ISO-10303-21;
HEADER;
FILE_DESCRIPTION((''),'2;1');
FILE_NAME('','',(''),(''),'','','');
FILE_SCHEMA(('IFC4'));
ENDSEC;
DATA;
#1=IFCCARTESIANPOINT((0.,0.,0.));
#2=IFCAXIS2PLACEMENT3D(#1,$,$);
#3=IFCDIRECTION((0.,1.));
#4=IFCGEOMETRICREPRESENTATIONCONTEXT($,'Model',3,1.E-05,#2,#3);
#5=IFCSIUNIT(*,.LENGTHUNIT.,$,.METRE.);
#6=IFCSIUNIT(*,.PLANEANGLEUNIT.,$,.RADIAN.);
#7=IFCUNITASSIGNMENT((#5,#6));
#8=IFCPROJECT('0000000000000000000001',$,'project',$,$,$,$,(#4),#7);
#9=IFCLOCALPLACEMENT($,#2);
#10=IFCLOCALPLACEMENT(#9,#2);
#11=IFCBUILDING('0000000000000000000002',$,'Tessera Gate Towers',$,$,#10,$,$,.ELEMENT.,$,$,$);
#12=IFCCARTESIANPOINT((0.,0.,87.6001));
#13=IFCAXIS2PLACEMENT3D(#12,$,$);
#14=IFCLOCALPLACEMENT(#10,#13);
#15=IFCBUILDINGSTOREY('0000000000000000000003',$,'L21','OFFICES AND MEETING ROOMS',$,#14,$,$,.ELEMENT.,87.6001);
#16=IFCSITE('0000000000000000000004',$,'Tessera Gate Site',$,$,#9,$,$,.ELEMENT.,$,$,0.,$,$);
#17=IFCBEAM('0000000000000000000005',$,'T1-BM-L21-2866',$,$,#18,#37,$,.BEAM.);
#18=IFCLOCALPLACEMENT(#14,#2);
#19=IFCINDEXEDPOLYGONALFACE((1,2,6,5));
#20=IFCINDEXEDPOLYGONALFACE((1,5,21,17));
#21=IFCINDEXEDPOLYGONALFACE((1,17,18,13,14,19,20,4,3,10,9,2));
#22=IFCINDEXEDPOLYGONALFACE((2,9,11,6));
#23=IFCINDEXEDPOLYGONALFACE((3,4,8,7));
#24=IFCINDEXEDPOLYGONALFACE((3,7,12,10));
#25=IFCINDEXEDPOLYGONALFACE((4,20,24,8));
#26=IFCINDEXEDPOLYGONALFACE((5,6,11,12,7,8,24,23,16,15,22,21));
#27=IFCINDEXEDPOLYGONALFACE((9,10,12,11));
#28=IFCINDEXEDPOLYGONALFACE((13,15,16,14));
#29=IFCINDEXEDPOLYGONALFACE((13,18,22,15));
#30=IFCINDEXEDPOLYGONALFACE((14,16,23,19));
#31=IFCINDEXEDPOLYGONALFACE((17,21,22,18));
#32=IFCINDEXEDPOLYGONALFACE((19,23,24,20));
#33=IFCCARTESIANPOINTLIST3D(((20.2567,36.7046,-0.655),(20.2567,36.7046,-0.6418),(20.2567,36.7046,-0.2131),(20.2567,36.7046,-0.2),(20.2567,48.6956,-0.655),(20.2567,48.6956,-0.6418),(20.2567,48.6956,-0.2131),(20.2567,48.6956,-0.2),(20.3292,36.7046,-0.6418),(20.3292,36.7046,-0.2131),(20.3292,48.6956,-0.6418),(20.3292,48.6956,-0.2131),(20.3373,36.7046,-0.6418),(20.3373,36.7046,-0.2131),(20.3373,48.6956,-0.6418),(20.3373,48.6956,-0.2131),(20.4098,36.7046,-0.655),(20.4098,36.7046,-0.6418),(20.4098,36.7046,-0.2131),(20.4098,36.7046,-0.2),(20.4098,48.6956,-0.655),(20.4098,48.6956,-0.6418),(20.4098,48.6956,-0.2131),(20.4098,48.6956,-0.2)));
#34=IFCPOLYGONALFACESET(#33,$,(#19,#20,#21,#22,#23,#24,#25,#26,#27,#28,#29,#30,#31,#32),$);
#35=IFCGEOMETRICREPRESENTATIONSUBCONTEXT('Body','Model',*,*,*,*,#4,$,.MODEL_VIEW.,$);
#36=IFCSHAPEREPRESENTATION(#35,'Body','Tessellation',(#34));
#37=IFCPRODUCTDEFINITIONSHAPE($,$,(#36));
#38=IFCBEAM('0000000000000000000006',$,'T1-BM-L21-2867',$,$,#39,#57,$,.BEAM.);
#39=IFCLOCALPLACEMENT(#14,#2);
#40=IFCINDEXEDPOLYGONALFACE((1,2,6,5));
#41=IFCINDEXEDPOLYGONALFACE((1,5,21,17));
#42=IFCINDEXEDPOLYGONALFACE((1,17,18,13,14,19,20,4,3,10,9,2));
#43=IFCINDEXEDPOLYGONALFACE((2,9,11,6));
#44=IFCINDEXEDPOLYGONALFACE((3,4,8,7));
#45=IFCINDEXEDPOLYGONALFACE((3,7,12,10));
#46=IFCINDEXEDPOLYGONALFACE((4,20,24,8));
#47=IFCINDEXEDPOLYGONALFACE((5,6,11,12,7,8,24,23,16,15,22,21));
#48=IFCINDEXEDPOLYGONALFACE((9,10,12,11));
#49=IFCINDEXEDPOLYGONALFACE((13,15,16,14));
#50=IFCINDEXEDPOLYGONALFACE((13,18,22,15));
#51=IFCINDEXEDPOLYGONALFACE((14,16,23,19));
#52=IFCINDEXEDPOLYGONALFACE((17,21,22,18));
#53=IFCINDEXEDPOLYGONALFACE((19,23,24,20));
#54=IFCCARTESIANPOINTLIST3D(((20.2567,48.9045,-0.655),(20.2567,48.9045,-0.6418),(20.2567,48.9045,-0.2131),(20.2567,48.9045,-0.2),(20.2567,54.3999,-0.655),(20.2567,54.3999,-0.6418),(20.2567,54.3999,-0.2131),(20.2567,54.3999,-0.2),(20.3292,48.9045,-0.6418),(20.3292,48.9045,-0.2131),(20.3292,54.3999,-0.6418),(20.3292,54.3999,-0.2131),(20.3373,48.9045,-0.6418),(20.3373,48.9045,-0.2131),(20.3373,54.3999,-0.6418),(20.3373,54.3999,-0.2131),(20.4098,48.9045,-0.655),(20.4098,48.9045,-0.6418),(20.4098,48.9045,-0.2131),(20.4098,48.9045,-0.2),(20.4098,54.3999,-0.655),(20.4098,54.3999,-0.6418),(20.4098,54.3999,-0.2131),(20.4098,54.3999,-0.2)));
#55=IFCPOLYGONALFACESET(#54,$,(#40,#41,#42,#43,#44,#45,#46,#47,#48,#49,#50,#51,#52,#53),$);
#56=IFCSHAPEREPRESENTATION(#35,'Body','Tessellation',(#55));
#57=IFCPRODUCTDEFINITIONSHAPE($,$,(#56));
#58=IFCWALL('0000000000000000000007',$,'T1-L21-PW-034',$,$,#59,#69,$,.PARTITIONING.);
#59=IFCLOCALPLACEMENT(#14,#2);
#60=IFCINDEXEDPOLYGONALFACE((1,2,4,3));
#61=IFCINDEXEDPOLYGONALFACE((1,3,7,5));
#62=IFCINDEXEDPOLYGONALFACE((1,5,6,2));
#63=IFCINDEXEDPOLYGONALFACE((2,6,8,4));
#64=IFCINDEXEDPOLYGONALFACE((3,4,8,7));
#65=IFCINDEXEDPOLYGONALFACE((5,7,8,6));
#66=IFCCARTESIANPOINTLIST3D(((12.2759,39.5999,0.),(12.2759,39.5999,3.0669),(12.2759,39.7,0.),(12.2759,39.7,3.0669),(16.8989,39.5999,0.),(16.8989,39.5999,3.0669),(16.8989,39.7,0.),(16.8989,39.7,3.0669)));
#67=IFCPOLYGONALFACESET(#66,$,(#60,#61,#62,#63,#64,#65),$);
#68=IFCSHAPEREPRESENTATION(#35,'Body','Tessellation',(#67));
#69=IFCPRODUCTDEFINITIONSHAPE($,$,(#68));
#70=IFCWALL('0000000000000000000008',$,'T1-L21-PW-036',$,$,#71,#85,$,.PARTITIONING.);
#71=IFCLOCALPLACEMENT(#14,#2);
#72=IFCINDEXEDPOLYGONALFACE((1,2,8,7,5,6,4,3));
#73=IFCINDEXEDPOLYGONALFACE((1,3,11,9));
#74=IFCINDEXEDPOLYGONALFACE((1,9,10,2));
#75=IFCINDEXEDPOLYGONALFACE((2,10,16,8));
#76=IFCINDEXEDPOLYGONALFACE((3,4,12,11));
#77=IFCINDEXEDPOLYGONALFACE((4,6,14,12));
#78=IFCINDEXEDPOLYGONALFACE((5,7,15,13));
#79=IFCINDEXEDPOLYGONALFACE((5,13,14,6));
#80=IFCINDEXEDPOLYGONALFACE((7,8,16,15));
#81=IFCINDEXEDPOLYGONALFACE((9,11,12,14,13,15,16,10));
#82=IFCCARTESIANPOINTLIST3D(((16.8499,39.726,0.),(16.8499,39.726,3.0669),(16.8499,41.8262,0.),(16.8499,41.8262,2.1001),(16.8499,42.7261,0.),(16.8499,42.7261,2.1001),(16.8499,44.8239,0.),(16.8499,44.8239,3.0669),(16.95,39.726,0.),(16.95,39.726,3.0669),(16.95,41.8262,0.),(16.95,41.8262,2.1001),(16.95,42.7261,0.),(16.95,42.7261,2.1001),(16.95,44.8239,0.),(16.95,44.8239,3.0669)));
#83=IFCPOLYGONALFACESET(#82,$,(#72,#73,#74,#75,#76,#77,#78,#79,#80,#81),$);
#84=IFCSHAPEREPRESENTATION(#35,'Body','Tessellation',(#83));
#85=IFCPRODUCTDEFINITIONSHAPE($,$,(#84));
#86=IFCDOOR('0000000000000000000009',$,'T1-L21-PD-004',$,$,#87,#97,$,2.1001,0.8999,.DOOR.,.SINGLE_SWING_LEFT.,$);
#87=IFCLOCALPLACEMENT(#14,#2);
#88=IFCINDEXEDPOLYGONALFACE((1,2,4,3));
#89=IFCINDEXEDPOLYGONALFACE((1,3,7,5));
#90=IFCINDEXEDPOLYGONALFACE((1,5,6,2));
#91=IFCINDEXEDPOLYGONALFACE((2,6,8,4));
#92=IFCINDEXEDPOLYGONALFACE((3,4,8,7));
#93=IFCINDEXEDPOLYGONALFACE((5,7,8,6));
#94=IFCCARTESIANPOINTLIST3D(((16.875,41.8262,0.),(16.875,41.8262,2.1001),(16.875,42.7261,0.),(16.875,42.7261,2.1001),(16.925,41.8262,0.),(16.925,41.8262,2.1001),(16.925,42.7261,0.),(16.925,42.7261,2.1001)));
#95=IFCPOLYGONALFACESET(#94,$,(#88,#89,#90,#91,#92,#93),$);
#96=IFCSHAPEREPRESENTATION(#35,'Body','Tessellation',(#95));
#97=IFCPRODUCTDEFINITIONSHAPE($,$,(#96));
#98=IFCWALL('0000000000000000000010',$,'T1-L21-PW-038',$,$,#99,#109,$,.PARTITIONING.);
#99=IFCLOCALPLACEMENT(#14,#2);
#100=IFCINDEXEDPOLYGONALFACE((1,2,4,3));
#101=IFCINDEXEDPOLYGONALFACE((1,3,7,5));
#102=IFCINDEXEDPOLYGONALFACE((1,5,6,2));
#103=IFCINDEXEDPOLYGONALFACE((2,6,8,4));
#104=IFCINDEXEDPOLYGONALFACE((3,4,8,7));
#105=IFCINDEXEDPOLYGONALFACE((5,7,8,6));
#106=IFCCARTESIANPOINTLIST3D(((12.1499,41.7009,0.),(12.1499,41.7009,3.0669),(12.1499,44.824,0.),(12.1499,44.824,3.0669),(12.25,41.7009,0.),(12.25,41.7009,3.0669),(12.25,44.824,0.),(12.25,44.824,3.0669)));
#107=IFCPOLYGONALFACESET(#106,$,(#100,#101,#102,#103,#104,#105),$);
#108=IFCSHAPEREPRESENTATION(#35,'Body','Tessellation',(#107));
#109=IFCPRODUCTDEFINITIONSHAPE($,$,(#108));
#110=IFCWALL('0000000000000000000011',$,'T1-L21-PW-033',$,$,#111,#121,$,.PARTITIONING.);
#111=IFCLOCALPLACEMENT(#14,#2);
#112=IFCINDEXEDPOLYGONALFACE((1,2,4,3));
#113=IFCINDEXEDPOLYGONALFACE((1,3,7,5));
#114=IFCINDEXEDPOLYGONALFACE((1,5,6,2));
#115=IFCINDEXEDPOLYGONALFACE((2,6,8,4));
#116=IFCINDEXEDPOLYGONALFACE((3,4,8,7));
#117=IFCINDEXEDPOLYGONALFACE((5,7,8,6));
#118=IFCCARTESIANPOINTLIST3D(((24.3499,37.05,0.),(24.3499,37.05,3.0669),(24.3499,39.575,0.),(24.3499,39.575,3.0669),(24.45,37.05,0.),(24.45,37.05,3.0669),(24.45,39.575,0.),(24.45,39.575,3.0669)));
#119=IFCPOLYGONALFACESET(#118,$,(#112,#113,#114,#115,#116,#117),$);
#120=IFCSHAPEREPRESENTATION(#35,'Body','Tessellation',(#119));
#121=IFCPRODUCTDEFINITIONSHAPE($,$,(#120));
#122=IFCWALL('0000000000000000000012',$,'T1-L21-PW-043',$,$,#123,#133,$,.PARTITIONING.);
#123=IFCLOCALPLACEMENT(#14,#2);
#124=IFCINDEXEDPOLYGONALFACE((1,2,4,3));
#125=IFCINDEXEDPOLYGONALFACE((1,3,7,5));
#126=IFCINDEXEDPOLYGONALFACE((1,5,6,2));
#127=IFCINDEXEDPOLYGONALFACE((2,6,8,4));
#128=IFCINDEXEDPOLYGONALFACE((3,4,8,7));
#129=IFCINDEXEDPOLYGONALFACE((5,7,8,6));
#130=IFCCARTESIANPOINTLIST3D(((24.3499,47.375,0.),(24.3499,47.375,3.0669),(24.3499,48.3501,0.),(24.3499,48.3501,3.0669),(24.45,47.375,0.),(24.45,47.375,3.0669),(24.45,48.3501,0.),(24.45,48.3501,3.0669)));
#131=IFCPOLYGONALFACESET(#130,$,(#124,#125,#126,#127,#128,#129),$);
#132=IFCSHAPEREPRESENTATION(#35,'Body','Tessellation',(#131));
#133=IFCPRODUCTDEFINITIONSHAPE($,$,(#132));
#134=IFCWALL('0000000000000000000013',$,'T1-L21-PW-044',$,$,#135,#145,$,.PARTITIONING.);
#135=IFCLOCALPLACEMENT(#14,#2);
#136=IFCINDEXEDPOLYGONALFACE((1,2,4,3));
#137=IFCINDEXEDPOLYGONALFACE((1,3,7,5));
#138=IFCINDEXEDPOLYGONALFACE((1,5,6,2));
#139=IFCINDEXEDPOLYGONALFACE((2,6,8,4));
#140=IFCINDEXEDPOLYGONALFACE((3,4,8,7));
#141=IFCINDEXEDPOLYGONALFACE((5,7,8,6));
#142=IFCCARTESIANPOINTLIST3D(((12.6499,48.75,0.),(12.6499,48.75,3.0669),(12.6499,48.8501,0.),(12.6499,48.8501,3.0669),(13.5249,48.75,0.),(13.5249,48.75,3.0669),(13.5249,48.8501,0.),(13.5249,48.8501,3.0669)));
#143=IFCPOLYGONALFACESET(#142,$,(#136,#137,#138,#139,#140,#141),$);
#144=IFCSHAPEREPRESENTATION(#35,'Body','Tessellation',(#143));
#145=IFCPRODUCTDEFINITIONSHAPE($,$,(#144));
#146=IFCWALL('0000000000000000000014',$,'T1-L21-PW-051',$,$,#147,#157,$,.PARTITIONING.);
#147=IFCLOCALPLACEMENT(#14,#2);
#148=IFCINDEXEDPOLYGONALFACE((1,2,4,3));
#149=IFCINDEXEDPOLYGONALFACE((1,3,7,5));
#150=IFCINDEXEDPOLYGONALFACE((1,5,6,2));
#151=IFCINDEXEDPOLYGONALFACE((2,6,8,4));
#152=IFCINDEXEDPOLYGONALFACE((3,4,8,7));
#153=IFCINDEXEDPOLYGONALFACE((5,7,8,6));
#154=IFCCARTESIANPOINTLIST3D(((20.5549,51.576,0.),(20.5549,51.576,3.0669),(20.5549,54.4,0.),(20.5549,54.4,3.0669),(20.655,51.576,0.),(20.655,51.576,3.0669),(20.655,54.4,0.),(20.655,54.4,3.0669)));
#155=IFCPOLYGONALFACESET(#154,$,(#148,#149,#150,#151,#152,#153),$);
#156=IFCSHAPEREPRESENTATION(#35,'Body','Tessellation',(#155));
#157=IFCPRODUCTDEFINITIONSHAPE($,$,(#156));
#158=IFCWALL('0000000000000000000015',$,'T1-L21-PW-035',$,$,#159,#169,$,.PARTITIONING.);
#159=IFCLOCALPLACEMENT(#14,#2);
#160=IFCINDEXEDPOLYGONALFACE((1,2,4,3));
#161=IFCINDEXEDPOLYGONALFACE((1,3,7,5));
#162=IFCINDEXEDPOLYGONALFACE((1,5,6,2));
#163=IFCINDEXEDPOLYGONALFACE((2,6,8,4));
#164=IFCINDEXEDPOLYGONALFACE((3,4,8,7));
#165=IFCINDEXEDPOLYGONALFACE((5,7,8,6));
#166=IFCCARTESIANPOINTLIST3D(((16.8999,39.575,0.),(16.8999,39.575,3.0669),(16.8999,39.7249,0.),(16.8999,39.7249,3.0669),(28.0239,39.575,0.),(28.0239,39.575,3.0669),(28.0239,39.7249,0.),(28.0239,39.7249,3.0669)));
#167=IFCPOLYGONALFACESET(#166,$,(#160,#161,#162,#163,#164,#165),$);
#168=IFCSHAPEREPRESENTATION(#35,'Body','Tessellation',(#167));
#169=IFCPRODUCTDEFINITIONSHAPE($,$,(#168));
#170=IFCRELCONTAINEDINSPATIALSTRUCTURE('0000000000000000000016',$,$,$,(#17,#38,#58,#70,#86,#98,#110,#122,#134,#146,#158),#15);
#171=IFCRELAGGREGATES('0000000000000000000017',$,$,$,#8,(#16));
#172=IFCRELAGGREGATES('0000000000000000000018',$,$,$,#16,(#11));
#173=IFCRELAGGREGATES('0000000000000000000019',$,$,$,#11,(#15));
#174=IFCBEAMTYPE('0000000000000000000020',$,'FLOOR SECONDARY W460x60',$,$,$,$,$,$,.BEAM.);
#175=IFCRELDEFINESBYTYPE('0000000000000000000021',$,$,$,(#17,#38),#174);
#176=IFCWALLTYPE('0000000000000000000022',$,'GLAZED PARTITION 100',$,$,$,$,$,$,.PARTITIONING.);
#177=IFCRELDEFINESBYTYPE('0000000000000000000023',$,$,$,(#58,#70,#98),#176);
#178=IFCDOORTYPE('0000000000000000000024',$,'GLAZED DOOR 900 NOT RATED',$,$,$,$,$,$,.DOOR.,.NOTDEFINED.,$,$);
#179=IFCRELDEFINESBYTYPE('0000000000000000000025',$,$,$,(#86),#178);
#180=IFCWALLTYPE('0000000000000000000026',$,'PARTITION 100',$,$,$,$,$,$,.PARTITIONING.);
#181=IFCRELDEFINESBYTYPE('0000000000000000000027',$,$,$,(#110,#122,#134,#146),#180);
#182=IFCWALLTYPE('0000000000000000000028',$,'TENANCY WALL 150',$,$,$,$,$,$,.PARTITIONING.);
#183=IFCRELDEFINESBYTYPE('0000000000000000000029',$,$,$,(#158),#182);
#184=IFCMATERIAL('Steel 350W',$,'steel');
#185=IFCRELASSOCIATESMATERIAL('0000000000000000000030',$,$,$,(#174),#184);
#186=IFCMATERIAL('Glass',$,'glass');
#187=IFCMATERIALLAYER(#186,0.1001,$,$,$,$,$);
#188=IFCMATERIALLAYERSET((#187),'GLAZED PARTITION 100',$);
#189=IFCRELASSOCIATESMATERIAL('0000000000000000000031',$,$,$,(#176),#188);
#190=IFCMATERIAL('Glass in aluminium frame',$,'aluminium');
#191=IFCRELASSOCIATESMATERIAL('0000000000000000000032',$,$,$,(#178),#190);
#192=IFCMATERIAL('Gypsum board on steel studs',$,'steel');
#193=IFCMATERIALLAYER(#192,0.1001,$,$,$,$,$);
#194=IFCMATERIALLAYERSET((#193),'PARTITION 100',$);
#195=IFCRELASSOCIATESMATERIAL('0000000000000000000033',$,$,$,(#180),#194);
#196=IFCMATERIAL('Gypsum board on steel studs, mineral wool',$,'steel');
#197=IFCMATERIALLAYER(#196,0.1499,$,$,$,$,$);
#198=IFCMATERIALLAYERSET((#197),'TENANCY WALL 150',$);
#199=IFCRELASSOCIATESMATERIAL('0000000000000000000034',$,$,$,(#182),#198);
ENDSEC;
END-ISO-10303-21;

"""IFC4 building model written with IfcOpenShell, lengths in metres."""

from ifc_helpers import new_model, si_unit, direction, frame, frame_2d, origin, origin_2d, place, context, subcontext, project, spatial, rectangle, i_section, extrude, source, transform, mapped, material, layer, layer_set, material_profile, profile_set, type_object, element, fill, save


model = new_model("IFC4")

# Units and contexts
model_context = context("Model", 3, precision=1e-05, world=origin(), true_north=direction((0.0, 1.0)))
body_context = subcontext(model_context, "Body", "Model", "MODEL_VIEW")
ifc_project = project(units=[si_unit("LENGTHUNIT", "METRE"), si_unit("PLANEANGLEUNIT", "RADIAN")], contexts=[model_context])

# Site, building, storey
site_placement = place(None, origin())
site = spatial("IfcSite", under=ifc_project, at=site_placement, Name="Tessera Gate Site", CompositionType="ELEMENT", RefElevation=0.0)
building_placement = place(site_placement, origin())
building = spatial("IfcBuilding", under=site, at=building_placement, Name="Tessera Gate Towers", CompositionType="ELEMENT")
storey_placement = place(building_placement, frame((0.0, 0.0, 87.6001)))
storey = spatial("IfcBuildingStorey", under=building, at=storey_placement, Name="L21", Description="OFFICES AND MEETING ROOMS", CompositionType="ELEMENT", Elevation=87.6001)

# Beams
ifc_material_1 = material(Name="Steel 350W", Category="steel")
ifc_material_profile_1 = material_profile(ifc_material_1, i_section(OverallWidth=0.1531, OverallDepth=0.4551, WebThickness=0.0081, FlangeThickness=0.0132, at=origin_2d()), Name="W460x60")
ifc_profile_set_1 = profile_set([ifc_material_profile_1], Name="Steel 350W")
beam_type_1 = type_object("IfcBeamType", Name="FLOOR SECONDARY W460x60", PredefinedType="BEAM", material=ifc_profile_set_1)
beam_1_placement = place(storey_placement, frame((20.3333, 36.7046, -0.4275), z_axis=(0.0, 1.0, 0.0), x_axis=(-1.0, 0.0, 0.0)))
element("IfcBeam", 1, at=beam_1_placement, inside=storey, type_object=beam_type_1, Name="T1-BM-L21-2866", PredefinedType="BEAM", context=body_context, shape_type="SweptSolid", body=[
    extrude(i_section(OverallWidth=0.1531, OverallDepth=0.4551, WebThickness=0.0081, FlangeThickness=0.0132, at=origin_2d()), origin(), (0.0, 0.0, 1.0), 11.991),
])
beam_2_placement = place(storey_placement, frame((20.3333, 48.9045, -0.4275), z_axis=(0.0, 1.0, 0.0), x_axis=(-1.0, 0.0, 0.0)))
element("IfcBeam", 2, at=beam_2_placement, inside=storey, type_object=beam_type_1, Name="T1-BM-L21-2867", PredefinedType="BEAM", context=body_context, shape_type="SweptSolid", body=[
    extrude(i_section(OverallWidth=0.1531, OverallDepth=0.4551, WebThickness=0.0081, FlangeThickness=0.0132, at=origin_2d()), origin(), (0.0, 0.0, 1.0), 5.4954),
])

# Wall
ifc_material_2 = material(Name="Glass", Category="glass")
ifc_layer_1 = layer(ifc_material_2, 0.1001)
ifc_layer_set_1 = layer_set([ifc_layer_1], Name="GLAZED PARTITION 100")
wall_type_1 = type_object("IfcWallType", Name="GLAZED PARTITION 100", PredefinedType="PARTITIONING", material=ifc_layer_set_1)
wall_1_placement = place(storey_placement, frame((12.2759, 39.6499, 0.0), z_axis=(0.0, 0.0, 1.0), x_axis=(1.0, 0.0, 0.0)))
element("IfcWall", 3, at=wall_1_placement, inside=storey, type_object=wall_type_1, Name="T1-L21-PW-034", PredefinedType="PARTITIONING", context=body_context, shape_type="SweptSolid", body=[
    extrude(rectangle(XDim=4.623, YDim=0.1001, at=frame_2d((2.3115, 0.0))), origin(), (0.0, 0.0, 1.0), 3.0669),
])

# Wall, opening, door
wall_2_placement = place(storey_placement, frame((16.8999, 39.7261, 0.0), z_axis=(0.0, 0.0, 1.0), x_axis=(0.0, 1.0, 0.0)))
wall_2 = element("IfcWall", 4, at=wall_2_placement, inside=storey, type_object=wall_type_1, Name="T1-L21-PW-036", PredefinedType="PARTITIONING", context=body_context, shape_type="SweptSolid", body=[
    extrude(rectangle(XDim=5.0979, YDim=0.1001, at=frame_2d((2.5488, 0.0))), origin(), (0.0, 0.0, 1.0), 3.0669),
])
shared_shape_1 = source(origin(), body_context, "Body", "SweptSolid", [
    extrude(rectangle(XDim=0.8999, YDim=2.1001, at=frame_2d((0.45, 1.05))), frame((0.0, 0.0601, 0.0), z_axis=(0.0, -1.0, 0.0), x_axis=(1.0, 0.0, 0.0)), (0.0, 0.0, 1.0), 0.1201),
])
opening_1_placement = place(wall_2_placement, frame((2.1001, 0.0, 0.0)))
opening_1 = element("IfcOpeningElement", 5, at=opening_1_placement, cuts=wall_2, PredefinedType="OPENING", context=body_context, shape_type="MappedRepresentation", body=[
    mapped(shared_shape_1, transform((0.0, 0.0, 0.0), scale=1.0)),
])
ifc_material_3 = material(Name="Glass in aluminium frame", Category="aluminium")
door_type_1 = type_object("IfcDoorType", Name="GLAZED DOOR 900 NOT RATED", OperationType="NOTDEFINED", PredefinedType="DOOR", material=ifc_material_3)
shared_shape_2 = source(origin(), body_context, "Body", "SweptSolid", [
    extrude(rectangle(XDim=0.8999, YDim=2.1001, at=frame_2d((0.45, 1.05))), frame((0.0, 0.0249, 0.0), z_axis=(0.0, -1.0, 0.0), x_axis=(1.0, 0.0, 0.0)), (0.0, 0.0, 1.0), 0.05),
])
door_1_placement = place(opening_1_placement, origin())
door_1 = element("IfcDoor", 6, at=door_1_placement, inside=storey, type_object=door_type_1, Name="T1-L21-PD-004", OperationType="SINGLE_SWING_LEFT", OverallHeight=2.1001, OverallWidth=0.8999, PredefinedType="DOOR", context=body_context, shape_type="MappedRepresentation", body=[
    mapped(shared_shape_2, transform((0.0, 0.0, 0.0), scale=1.0)),
])
fill(opening_1, door_1)

# Walls
wall_3_placement = place(storey_placement, frame((12.2, 41.7009, 0.0), z_axis=(0.0, 0.0, 1.0), x_axis=(0.0, 1.0, 0.0)))
element("IfcWall", 7, at=wall_3_placement, inside=storey, type_object=wall_type_1, Name="T1-L21-PW-038", PredefinedType="PARTITIONING", context=body_context, shape_type="SweptSolid", body=[
    extrude(rectangle(XDim=3.123, YDim=0.1001, at=frame_2d((1.5615, 0.0))), origin(), (0.0, 0.0, 1.0), 3.0669),
])
ifc_material_4 = material(Name="Gypsum board on steel studs", Category="steel")
ifc_layer_2 = layer(ifc_material_4, 0.1001)
ifc_layer_set_2 = layer_set([ifc_layer_2], Name="PARTITION 100")
wall_type_2 = type_object("IfcWallType", Name="PARTITION 100", PredefinedType="PARTITIONING", material=ifc_layer_set_2)
wall_4_placement = place(storey_placement, frame((24.3999, 37.05, 0.0), z_axis=(0.0, 0.0, 1.0), x_axis=(0.0, 1.0, 0.0)))
element("IfcWall", 8, at=wall_4_placement, inside=storey, type_object=wall_type_2, Name="T1-L21-PW-033", PredefinedType="PARTITIONING", context=body_context, shape_type="SweptSolid", body=[
    extrude(rectangle(XDim=2.5249, YDim=0.1001, at=frame_2d((1.2625, 0.0))), origin(), (0.0, 0.0, 1.0), 3.0669),
])
wall_5_placement = place(storey_placement, frame((24.3999, 48.3501, 0.0), z_axis=(0.0, 0.0, 1.0), x_axis=(0.0, -1.0, 0.0)))
element("IfcWall", 9, at=wall_5_placement, inside=storey, type_object=wall_type_2, Name="T1-L21-PW-043", PredefinedType="PARTITIONING", context=body_context, shape_type="SweptSolid", body=[
    extrude(rectangle(XDim=0.9751, YDim=0.1001, at=frame_2d((0.4875, 0.0))), origin(), (0.0, 0.0, 1.0), 3.0669),
])
wall_6_placement = place(storey_placement, frame((12.6499, 48.8, 0.0), z_axis=(0.0, 0.0, 1.0), x_axis=(1.0, 0.0, 0.0)))
element("IfcWall", 10, at=wall_6_placement, inside=storey, type_object=wall_type_2, Name="T1-L21-PW-044", PredefinedType="PARTITIONING", context=body_context, shape_type="SweptSolid", body=[
    extrude(rectangle(XDim=0.875, YDim=0.1001, at=frame_2d((0.4375, 0.0))), origin(), (0.0, 0.0, 1.0), 3.0669),
])
wall_7_placement = place(storey_placement, frame((20.605, 51.5759, 0.0), z_axis=(0.0, 0.0, 1.0), x_axis=(0.0, 1.0, 0.0)))
element("IfcWall", 11, at=wall_7_placement, inside=storey, type_object=wall_type_2, Name="T1-L21-PW-051", PredefinedType="PARTITIONING", context=body_context, shape_type="SweptSolid", body=[
    extrude(rectangle(XDim=2.824, YDim=0.1001, at=frame_2d((1.4121, 0.0))), origin(), (0.0, 0.0, 1.0), 3.0669),
])
ifc_material_5 = material(Name="Gypsum board on steel studs, mineral wool", Category="steel")
ifc_layer_3 = layer(ifc_material_5, 0.1499)
ifc_layer_set_3 = layer_set([ifc_layer_3], Name="TENANCY WALL 150")
wall_type_3 = type_object("IfcWallType", Name="TENANCY WALL 150", PredefinedType="PARTITIONING", material=ifc_layer_set_3)
wall_8_placement = place(storey_placement, frame((16.8999, 39.6499, 0.0), z_axis=(0.0, 0.0, 1.0), x_axis=(1.0, 0.0, 0.0)))
element("IfcWall", 12, at=wall_8_placement, inside=storey, type_object=wall_type_3, Name="T1-L21-PW-035", PredefinedType="PARTITIONING", context=body_context, shape_type="SweptSolid", body=[
    extrude(rectangle(XDim=11.124, YDim=0.1499, at=frame_2d((5.562, 0.0))), origin(), (0.0, 0.0, 1.0), 3.0669),
])

save(model, "model.ifc")
